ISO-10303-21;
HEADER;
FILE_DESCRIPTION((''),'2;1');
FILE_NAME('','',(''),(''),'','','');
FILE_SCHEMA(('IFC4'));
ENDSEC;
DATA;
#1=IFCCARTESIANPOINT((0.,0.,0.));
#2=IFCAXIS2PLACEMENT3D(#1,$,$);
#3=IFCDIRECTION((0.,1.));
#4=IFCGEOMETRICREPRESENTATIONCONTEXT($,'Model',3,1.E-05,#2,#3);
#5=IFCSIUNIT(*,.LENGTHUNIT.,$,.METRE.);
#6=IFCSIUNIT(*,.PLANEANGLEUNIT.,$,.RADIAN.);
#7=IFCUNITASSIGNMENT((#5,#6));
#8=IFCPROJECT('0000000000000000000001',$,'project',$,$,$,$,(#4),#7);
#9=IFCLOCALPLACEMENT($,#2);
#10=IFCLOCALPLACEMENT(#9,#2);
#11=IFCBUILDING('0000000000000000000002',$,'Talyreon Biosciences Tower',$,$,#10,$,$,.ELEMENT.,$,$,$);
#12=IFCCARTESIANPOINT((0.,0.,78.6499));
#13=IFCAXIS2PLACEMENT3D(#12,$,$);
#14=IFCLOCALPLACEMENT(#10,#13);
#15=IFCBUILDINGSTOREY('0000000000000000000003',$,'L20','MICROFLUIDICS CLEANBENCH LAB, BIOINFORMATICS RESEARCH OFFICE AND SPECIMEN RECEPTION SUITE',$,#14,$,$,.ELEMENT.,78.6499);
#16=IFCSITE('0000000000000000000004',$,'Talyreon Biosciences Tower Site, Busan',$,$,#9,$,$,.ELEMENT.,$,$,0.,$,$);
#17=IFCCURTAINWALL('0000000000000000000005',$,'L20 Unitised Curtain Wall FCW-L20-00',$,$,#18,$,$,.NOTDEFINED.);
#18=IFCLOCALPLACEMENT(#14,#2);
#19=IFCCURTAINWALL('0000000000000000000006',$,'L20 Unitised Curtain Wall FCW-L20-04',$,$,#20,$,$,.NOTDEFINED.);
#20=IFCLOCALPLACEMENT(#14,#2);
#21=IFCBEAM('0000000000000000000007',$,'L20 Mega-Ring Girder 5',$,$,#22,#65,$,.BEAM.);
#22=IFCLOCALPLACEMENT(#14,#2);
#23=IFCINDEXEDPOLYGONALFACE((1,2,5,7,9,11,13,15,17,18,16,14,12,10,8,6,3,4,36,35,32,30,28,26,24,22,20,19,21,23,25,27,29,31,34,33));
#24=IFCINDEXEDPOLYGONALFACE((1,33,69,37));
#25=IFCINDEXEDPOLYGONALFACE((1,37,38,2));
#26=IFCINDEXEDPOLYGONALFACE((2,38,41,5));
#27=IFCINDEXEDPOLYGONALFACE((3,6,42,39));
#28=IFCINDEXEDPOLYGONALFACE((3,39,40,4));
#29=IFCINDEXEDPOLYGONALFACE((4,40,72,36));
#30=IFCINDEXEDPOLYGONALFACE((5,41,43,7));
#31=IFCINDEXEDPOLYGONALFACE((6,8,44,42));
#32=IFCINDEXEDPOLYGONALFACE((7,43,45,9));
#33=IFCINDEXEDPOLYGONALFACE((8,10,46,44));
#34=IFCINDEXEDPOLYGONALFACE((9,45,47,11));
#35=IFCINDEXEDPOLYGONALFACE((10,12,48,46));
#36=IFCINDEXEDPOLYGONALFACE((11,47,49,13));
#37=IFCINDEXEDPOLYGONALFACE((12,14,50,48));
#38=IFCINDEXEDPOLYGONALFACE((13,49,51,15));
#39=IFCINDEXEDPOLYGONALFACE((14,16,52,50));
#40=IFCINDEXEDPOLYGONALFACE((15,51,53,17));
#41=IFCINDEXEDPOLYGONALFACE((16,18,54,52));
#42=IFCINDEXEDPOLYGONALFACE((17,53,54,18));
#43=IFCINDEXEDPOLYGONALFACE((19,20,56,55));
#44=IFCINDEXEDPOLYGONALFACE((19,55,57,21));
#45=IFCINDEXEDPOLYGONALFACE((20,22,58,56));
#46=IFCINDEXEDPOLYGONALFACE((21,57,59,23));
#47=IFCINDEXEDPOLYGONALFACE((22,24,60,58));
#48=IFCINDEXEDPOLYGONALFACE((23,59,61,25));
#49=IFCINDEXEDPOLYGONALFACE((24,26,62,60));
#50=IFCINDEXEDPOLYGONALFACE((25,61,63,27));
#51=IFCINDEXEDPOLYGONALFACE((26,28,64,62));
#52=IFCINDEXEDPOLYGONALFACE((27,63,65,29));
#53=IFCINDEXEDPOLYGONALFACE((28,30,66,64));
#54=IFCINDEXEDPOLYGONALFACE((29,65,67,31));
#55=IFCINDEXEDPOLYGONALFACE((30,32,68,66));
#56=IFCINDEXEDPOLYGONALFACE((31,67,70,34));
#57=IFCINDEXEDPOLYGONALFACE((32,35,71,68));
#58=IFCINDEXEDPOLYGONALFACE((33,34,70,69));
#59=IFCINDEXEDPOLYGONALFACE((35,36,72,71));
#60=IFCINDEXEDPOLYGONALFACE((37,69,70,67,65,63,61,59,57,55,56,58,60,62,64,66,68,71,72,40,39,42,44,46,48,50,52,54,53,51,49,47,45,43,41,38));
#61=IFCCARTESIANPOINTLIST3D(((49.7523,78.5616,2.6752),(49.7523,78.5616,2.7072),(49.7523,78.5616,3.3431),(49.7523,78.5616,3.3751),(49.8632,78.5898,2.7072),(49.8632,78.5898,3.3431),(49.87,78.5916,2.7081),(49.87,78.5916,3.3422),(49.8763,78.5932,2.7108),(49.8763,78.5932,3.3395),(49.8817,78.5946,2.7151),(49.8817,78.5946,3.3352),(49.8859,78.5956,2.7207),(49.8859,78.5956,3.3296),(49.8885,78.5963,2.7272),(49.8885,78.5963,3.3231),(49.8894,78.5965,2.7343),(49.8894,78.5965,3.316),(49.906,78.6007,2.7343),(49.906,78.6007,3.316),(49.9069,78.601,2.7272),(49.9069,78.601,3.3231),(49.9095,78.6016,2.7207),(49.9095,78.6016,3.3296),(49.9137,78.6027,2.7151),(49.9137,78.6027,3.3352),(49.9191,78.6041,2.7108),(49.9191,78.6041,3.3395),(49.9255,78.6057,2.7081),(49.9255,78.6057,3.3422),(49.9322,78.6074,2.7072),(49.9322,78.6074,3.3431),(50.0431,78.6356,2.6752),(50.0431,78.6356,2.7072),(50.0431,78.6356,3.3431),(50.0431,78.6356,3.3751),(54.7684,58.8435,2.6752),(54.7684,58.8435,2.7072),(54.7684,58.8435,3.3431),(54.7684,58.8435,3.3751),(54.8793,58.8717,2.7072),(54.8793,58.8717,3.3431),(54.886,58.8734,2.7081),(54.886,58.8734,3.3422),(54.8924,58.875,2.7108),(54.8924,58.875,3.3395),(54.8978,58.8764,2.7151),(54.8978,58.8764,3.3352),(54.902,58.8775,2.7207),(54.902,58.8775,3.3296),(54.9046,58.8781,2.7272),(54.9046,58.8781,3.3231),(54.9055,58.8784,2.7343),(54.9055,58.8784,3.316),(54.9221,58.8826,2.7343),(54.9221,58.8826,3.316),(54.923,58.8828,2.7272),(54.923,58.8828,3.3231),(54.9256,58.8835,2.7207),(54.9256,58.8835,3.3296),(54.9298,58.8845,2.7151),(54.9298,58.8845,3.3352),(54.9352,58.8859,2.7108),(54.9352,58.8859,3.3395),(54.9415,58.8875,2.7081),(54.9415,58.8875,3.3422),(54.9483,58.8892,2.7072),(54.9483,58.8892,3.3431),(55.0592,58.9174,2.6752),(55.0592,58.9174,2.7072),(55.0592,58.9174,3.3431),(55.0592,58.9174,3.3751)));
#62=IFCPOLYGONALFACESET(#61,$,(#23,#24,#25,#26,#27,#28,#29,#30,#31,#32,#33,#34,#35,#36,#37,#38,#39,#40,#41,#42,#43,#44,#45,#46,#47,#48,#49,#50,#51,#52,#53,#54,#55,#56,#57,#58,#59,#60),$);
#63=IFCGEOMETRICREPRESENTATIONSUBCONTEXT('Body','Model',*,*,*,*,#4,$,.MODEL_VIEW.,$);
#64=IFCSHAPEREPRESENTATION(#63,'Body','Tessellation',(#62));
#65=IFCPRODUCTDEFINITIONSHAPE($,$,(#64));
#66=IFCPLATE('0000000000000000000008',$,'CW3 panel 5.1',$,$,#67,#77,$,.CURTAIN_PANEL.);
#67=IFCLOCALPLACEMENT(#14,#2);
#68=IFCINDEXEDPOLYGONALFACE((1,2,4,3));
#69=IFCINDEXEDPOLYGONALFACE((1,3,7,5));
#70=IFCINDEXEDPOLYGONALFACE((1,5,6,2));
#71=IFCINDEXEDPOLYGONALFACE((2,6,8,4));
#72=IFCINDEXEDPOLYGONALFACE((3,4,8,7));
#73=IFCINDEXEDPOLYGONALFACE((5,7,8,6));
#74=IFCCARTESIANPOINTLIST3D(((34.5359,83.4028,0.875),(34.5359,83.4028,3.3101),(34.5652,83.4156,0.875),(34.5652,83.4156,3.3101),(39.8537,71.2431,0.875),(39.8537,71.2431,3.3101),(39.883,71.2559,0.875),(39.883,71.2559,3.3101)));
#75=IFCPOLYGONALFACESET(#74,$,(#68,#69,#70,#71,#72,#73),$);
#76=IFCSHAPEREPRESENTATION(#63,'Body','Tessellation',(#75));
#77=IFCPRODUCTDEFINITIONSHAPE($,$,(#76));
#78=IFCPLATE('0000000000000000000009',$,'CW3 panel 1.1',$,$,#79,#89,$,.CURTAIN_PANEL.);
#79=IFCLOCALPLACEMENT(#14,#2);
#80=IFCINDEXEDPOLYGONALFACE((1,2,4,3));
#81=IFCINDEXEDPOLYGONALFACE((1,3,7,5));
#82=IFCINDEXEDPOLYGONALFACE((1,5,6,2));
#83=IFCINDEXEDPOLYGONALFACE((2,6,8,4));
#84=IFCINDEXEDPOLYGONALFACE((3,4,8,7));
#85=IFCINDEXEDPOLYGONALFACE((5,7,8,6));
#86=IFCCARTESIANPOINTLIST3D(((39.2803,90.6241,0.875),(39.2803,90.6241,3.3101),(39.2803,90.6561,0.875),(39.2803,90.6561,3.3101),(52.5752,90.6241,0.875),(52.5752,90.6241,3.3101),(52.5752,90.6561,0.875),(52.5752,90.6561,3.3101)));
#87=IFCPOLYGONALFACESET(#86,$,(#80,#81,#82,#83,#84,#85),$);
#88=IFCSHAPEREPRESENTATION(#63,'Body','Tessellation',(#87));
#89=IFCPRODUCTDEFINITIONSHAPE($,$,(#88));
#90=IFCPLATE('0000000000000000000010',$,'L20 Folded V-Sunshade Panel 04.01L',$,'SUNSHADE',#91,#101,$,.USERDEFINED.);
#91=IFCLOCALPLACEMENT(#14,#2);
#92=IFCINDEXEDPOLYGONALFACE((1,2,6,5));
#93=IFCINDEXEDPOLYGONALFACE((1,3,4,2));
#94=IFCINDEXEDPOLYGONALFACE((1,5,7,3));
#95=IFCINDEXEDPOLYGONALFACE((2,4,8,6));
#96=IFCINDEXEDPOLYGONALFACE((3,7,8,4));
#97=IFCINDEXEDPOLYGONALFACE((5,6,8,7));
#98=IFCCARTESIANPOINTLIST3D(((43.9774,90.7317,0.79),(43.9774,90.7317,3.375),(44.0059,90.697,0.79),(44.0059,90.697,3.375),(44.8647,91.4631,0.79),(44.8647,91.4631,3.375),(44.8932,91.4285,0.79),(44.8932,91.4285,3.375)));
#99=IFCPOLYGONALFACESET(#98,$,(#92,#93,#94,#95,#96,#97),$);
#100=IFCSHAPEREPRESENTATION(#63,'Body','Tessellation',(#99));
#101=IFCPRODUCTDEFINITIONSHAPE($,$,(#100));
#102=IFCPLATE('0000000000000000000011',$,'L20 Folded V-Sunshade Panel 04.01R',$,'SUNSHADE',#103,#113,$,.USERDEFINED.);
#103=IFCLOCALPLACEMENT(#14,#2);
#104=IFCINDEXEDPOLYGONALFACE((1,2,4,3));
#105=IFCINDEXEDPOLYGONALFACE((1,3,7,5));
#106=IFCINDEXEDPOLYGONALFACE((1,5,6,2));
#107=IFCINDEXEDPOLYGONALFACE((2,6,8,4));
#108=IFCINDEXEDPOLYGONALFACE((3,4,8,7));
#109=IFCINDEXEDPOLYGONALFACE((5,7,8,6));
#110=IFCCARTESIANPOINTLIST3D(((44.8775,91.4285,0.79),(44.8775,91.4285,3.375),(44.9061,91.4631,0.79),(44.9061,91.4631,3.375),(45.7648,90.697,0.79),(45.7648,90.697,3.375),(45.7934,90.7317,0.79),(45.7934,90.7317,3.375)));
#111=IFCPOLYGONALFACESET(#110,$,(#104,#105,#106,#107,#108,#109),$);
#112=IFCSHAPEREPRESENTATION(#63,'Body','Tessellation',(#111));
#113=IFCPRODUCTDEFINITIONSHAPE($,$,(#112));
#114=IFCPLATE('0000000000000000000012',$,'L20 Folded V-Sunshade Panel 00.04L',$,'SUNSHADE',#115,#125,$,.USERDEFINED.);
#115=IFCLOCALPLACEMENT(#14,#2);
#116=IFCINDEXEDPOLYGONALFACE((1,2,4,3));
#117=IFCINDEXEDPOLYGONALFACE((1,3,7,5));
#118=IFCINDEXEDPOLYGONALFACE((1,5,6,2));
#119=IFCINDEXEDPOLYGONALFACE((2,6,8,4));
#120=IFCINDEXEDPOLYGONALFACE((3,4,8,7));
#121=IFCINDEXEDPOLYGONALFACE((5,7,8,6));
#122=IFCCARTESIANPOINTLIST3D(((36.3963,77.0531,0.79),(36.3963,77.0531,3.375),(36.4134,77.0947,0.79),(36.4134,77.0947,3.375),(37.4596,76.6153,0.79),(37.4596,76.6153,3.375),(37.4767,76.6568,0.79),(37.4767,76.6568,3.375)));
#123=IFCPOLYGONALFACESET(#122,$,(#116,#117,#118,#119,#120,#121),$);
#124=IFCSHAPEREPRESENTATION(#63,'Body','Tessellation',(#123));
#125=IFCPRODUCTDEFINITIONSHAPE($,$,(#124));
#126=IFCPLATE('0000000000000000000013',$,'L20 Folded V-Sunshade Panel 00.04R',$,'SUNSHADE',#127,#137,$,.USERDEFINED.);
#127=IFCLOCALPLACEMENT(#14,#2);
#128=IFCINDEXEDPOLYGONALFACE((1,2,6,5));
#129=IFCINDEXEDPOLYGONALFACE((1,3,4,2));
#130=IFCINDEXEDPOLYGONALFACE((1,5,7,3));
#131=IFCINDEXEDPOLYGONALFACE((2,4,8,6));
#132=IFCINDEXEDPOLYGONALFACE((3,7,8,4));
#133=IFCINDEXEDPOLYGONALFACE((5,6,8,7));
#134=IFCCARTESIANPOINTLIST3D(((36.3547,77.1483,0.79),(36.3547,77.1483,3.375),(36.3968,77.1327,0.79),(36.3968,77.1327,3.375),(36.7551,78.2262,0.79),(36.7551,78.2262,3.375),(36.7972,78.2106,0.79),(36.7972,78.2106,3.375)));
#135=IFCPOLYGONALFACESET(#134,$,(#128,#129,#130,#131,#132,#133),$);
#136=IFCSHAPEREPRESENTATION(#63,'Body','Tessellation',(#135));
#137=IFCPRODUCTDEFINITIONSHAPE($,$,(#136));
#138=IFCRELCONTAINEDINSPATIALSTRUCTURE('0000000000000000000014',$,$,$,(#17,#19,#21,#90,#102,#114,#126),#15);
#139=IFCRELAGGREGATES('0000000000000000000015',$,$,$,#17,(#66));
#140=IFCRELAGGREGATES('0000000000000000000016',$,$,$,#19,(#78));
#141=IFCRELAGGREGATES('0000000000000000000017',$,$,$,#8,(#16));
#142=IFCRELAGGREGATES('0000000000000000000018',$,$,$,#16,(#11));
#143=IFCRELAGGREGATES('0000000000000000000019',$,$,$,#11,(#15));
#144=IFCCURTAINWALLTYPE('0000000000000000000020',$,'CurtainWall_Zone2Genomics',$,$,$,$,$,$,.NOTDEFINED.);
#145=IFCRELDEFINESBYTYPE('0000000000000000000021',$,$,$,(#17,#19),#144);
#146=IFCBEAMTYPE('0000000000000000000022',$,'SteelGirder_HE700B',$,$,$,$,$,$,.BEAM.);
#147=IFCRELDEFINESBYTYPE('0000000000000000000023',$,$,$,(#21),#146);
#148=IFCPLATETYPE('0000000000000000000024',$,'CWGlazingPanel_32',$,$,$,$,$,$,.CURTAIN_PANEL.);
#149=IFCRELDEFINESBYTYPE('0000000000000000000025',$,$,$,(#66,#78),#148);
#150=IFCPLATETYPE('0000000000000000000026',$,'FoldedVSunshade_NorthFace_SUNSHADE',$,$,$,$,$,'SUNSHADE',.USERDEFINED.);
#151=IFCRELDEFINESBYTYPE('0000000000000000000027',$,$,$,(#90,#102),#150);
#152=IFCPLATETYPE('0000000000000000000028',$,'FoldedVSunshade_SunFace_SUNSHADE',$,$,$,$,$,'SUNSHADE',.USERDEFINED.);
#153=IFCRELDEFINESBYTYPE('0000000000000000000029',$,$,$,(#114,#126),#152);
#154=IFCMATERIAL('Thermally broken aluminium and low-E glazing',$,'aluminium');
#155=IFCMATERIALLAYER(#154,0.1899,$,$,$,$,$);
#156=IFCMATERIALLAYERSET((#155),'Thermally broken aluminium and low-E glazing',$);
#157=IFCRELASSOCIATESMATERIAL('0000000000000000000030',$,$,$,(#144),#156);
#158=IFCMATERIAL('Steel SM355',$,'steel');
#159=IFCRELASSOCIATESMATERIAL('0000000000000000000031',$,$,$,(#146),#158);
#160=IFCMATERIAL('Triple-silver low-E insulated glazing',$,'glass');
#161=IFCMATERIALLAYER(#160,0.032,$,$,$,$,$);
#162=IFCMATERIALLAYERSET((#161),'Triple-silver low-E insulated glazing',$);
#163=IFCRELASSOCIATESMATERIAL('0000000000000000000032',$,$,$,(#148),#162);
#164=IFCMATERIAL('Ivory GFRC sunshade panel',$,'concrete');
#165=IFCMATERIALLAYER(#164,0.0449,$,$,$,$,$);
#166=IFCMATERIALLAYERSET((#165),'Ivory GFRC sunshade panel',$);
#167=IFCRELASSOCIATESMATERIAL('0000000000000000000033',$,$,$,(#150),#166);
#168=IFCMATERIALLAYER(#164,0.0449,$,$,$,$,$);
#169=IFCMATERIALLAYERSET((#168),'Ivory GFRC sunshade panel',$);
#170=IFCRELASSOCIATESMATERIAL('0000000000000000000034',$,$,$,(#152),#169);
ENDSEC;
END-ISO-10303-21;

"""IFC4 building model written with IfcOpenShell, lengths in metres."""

from ifc_helpers import new_model, si_unit, direction, frame, origin, origin_2d, place, context, subcontext, project, spatial, rectangle, i_section, extrude, material, layer, layer_set, material_profile, profile_set, type_object, element, aggregate, save


model = new_model("IFC4")

# Units and contexts
model_context = context("Model", 3, precision=1e-05, world=origin(), true_north=direction((0.0, 1.0)))
body_context = subcontext(model_context, "Body", "Model", "MODEL_VIEW")
ifc_project = project(units=[si_unit("LENGTHUNIT", "METRE"), si_unit("PLANEANGLEUNIT", "RADIAN")], contexts=[model_context])

# Site, building, storey
site_placement = place(None, origin())
site = spatial("IfcSite", under=ifc_project, at=site_placement, Name="Talyreon Biosciences Tower Site, Busan", CompositionType="ELEMENT", RefElevation=0.0)
building_placement = place(site_placement, origin())
building = spatial("IfcBuilding", under=site, at=building_placement, Name="Talyreon Biosciences Tower", CompositionType="ELEMENT")
storey_placement = place(building_placement, frame((0.0, 0.0, 78.6499)))
storey = spatial("IfcBuildingStorey", under=building, at=storey_placement, Name="L20", Description="MICROFLUIDICS CLEANBENCH LAB, BIOINFORMATICS RESEARCH OFFICE AND SPECIMEN RECEPTION SUITE", CompositionType="ELEMENT", Elevation=78.6499)

# Curtain wall
ifc_material_1 = material(Name="Thermally broken aluminium and low-E glazing", Category="aluminium")
ifc_layer_1 = layer(ifc_material_1, 0.1899)
ifc_layer_set_1 = layer_set([ifc_layer_1], Name="Thermally broken aluminium and low-E glazing")
curtain_wall_type = type_object("IfcCurtainWallType", Name="CurtainWall_Zone2Genomics", PredefinedType="NOTDEFINED", material=ifc_layer_set_1)
curtain_wall_1_placement = place(storey_placement, origin())
curtain_wall_1 = element("IfcCurtainWall", 1, at=curtain_wall_1_placement, inside=storey, type_object=curtain_wall_type, Name="L20 Unitised Curtain Wall FCW-L20-00", PredefinedType="NOTDEFINED")

# Curtain wall
curtain_wall_2_placement = place(storey_placement, origin())
curtain_wall_2 = element("IfcCurtainWall", 2, at=curtain_wall_2_placement, inside=storey, type_object=curtain_wall_type, Name="L20 Unitised Curtain Wall FCW-L20-04", PredefinedType="NOTDEFINED")

# Beam
ifc_material_2 = material(Name="Steel SM355", Category="steel")
ifc_material_profile_1 = material_profile(ifc_material_2, i_section(OverallWidth=0.3, OverallDepth=0.7, WebThickness=0.0171, FlangeThickness=0.032, FilletRadius=0.0271, at=origin_2d()), Name="HE700B")
ifc_profile_set_1 = profile_set([ifc_material_profile_1], Name="Steel SM355")
beam_type_1 = type_object("IfcBeamType", Name="SteelGirder_HE700B", PredefinedType="BEAM", material=ifc_profile_set_1)
beam_1_placement = place(storey_placement, frame((49.8977, 78.5986, 3.0251), z_axis=(0.246537, -0.969133, 0.0), x_axis=(0.969133, 0.246537, 0.0)))
element("IfcBeam", 3, at=beam_1_placement, inside=storey, type_object=beam_type_1, Name="L20 Mega-Ring Girder 5", PredefinedType="BEAM", context=body_context, shape_type="SweptSolid", body=[
    extrude(i_section(OverallWidth=0.3, OverallDepth=0.7, WebThickness=0.0171, FlangeThickness=0.032, FilletRadius=0.0271, at=origin_2d()), origin(), (0.0, 0.0, 1.0), 20.3462),
])

# Plates
ifc_material_3 = material(Name="Triple-silver low-E insulated glazing", Category="glass")
ifc_layer_2 = layer(ifc_material_3, 0.032)
ifc_layer_set_2 = layer_set([ifc_layer_2], Name="Triple-silver low-E insulated glazing")
plate_type_1 = type_object("IfcPlateType", Name="CWGlazingPanel_32", PredefinedType="CURTAIN_PANEL", material=ifc_layer_set_2)
plate_1_placement = place(storey_placement, frame((37.2095, 77.3293, 0.875), z_axis=(0.0, 0.0, 1.0), x_axis=(-0.400689, 0.916214, 0.0)))
plate_1 = element("IfcPlate", 4, at=plate_1_placement, type_object=plate_type_1, Name="CW3 panel 5.1", PredefinedType="CURTAIN_PANEL", context=body_context, shape_type="SweptSolid", body=[
    extrude(rectangle(XDim=13.2717, YDim=0.032, at=origin_2d()), origin(), (0.0, 0.0, 1.0), 2.4351),
])
aggregate(curtain_wall_1, [plate_1])
plate_2_placement = place(storey_placement, frame((45.9277, 90.6401, 0.875), z_axis=(0.0, 0.0, 1.0), x_axis=(1.0, 0.0, 0.0)))
plate_2 = element("IfcPlate", 5, at=plate_2_placement, type_object=plate_type_1, Name="CW3 panel 1.1", PredefinedType="CURTAIN_PANEL", context=body_context, shape_type="SweptSolid", body=[
    extrude(rectangle(XDim=13.2949, YDim=0.032, at=origin_2d()), origin(), (0.0, 0.0, 1.0), 2.4351),
])
aggregate(curtain_wall_2, [plate_2])

# Plates
ifc_material_4 = material(Name="Ivory GFRC sunshade panel", Category="concrete")
ifc_layer_3 = layer(ifc_material_4, 0.0449)
ifc_layer_set_3 = layer_set([ifc_layer_3], Name="Ivory GFRC sunshade panel")
plate_type_2 = type_object("IfcPlateType", Name="FoldedVSunshade_NorthFace_SUNSHADE", ElementType="SUNSHADE", PredefinedType="USERDEFINED", material=ifc_layer_set_3)
for number, where, z_axis, x_axis, name in (
    (6, (44.4353, 91.0801, 0.79), (0.0, 0.0, 1.0), (0.771625, 0.636078, 0.0), "L20 Folded V-Sunshade Panel 04.01L"),
    (7, (45.3354, 91.0801, 0.79), (0.0, 0.0, 1.0), (0.771625, -0.636078, 0.0), "L20 Folded V-Sunshade Panel 04.01R"),
):
    element("IfcPlate", number, at=place(storey_placement, frame(where, z_axis=z_axis, x_axis=x_axis)), inside=storey, type_object=plate_type_2, Name=name, ObjectType="SUNSHADE", PredefinedType="USERDEFINED", context=body_context, shape_type="SweptSolid", body=[
        extrude(rectangle(XDim=1.1499, YDim=0.0449, at=origin_2d()), origin(), (0.0, 0.0, 1.0), 2.585),
    ])
ifc_layer_4 = layer(ifc_material_4, 0.0449)
ifc_layer_set_4 = layer_set([ifc_layer_4], Name="Ivory GFRC sunshade panel")
plate_type_3 = type_object("IfcPlateType", Name="FoldedVSunshade_SunFace_SUNSHADE", ElementType="SUNSHADE", PredefinedType="USERDEFINED", material=ifc_layer_set_4)
for number, where, z_axis, x_axis, name in (
    (8, (36.9365, 76.855, 0.79), (0.0, 0.0, 1.0), (-0.924686, 0.380731, 0.0), "L20 Folded V-Sunshade Panel 00.04L"),
    (9, (36.5759, 77.6794, 0.79), (0.0, 0.0, 1.0), (0.348228, 0.93741, 0.0), "L20 Folded V-Sunshade Panel 00.04R"),
):
    element("IfcPlate", number, at=place(storey_placement, frame(where, z_axis=z_axis, x_axis=x_axis)), inside=storey, type_object=plate_type_3, Name=name, ObjectType="SUNSHADE", PredefinedType="USERDEFINED", context=body_context, shape_type="SweptSolid", body=[
        extrude(rectangle(XDim=1.1499, YDim=0.0449, at=origin_2d()), origin(), (0.0, 0.0, 1.0), 2.585),
    ])

save(model, "model.ifc")
